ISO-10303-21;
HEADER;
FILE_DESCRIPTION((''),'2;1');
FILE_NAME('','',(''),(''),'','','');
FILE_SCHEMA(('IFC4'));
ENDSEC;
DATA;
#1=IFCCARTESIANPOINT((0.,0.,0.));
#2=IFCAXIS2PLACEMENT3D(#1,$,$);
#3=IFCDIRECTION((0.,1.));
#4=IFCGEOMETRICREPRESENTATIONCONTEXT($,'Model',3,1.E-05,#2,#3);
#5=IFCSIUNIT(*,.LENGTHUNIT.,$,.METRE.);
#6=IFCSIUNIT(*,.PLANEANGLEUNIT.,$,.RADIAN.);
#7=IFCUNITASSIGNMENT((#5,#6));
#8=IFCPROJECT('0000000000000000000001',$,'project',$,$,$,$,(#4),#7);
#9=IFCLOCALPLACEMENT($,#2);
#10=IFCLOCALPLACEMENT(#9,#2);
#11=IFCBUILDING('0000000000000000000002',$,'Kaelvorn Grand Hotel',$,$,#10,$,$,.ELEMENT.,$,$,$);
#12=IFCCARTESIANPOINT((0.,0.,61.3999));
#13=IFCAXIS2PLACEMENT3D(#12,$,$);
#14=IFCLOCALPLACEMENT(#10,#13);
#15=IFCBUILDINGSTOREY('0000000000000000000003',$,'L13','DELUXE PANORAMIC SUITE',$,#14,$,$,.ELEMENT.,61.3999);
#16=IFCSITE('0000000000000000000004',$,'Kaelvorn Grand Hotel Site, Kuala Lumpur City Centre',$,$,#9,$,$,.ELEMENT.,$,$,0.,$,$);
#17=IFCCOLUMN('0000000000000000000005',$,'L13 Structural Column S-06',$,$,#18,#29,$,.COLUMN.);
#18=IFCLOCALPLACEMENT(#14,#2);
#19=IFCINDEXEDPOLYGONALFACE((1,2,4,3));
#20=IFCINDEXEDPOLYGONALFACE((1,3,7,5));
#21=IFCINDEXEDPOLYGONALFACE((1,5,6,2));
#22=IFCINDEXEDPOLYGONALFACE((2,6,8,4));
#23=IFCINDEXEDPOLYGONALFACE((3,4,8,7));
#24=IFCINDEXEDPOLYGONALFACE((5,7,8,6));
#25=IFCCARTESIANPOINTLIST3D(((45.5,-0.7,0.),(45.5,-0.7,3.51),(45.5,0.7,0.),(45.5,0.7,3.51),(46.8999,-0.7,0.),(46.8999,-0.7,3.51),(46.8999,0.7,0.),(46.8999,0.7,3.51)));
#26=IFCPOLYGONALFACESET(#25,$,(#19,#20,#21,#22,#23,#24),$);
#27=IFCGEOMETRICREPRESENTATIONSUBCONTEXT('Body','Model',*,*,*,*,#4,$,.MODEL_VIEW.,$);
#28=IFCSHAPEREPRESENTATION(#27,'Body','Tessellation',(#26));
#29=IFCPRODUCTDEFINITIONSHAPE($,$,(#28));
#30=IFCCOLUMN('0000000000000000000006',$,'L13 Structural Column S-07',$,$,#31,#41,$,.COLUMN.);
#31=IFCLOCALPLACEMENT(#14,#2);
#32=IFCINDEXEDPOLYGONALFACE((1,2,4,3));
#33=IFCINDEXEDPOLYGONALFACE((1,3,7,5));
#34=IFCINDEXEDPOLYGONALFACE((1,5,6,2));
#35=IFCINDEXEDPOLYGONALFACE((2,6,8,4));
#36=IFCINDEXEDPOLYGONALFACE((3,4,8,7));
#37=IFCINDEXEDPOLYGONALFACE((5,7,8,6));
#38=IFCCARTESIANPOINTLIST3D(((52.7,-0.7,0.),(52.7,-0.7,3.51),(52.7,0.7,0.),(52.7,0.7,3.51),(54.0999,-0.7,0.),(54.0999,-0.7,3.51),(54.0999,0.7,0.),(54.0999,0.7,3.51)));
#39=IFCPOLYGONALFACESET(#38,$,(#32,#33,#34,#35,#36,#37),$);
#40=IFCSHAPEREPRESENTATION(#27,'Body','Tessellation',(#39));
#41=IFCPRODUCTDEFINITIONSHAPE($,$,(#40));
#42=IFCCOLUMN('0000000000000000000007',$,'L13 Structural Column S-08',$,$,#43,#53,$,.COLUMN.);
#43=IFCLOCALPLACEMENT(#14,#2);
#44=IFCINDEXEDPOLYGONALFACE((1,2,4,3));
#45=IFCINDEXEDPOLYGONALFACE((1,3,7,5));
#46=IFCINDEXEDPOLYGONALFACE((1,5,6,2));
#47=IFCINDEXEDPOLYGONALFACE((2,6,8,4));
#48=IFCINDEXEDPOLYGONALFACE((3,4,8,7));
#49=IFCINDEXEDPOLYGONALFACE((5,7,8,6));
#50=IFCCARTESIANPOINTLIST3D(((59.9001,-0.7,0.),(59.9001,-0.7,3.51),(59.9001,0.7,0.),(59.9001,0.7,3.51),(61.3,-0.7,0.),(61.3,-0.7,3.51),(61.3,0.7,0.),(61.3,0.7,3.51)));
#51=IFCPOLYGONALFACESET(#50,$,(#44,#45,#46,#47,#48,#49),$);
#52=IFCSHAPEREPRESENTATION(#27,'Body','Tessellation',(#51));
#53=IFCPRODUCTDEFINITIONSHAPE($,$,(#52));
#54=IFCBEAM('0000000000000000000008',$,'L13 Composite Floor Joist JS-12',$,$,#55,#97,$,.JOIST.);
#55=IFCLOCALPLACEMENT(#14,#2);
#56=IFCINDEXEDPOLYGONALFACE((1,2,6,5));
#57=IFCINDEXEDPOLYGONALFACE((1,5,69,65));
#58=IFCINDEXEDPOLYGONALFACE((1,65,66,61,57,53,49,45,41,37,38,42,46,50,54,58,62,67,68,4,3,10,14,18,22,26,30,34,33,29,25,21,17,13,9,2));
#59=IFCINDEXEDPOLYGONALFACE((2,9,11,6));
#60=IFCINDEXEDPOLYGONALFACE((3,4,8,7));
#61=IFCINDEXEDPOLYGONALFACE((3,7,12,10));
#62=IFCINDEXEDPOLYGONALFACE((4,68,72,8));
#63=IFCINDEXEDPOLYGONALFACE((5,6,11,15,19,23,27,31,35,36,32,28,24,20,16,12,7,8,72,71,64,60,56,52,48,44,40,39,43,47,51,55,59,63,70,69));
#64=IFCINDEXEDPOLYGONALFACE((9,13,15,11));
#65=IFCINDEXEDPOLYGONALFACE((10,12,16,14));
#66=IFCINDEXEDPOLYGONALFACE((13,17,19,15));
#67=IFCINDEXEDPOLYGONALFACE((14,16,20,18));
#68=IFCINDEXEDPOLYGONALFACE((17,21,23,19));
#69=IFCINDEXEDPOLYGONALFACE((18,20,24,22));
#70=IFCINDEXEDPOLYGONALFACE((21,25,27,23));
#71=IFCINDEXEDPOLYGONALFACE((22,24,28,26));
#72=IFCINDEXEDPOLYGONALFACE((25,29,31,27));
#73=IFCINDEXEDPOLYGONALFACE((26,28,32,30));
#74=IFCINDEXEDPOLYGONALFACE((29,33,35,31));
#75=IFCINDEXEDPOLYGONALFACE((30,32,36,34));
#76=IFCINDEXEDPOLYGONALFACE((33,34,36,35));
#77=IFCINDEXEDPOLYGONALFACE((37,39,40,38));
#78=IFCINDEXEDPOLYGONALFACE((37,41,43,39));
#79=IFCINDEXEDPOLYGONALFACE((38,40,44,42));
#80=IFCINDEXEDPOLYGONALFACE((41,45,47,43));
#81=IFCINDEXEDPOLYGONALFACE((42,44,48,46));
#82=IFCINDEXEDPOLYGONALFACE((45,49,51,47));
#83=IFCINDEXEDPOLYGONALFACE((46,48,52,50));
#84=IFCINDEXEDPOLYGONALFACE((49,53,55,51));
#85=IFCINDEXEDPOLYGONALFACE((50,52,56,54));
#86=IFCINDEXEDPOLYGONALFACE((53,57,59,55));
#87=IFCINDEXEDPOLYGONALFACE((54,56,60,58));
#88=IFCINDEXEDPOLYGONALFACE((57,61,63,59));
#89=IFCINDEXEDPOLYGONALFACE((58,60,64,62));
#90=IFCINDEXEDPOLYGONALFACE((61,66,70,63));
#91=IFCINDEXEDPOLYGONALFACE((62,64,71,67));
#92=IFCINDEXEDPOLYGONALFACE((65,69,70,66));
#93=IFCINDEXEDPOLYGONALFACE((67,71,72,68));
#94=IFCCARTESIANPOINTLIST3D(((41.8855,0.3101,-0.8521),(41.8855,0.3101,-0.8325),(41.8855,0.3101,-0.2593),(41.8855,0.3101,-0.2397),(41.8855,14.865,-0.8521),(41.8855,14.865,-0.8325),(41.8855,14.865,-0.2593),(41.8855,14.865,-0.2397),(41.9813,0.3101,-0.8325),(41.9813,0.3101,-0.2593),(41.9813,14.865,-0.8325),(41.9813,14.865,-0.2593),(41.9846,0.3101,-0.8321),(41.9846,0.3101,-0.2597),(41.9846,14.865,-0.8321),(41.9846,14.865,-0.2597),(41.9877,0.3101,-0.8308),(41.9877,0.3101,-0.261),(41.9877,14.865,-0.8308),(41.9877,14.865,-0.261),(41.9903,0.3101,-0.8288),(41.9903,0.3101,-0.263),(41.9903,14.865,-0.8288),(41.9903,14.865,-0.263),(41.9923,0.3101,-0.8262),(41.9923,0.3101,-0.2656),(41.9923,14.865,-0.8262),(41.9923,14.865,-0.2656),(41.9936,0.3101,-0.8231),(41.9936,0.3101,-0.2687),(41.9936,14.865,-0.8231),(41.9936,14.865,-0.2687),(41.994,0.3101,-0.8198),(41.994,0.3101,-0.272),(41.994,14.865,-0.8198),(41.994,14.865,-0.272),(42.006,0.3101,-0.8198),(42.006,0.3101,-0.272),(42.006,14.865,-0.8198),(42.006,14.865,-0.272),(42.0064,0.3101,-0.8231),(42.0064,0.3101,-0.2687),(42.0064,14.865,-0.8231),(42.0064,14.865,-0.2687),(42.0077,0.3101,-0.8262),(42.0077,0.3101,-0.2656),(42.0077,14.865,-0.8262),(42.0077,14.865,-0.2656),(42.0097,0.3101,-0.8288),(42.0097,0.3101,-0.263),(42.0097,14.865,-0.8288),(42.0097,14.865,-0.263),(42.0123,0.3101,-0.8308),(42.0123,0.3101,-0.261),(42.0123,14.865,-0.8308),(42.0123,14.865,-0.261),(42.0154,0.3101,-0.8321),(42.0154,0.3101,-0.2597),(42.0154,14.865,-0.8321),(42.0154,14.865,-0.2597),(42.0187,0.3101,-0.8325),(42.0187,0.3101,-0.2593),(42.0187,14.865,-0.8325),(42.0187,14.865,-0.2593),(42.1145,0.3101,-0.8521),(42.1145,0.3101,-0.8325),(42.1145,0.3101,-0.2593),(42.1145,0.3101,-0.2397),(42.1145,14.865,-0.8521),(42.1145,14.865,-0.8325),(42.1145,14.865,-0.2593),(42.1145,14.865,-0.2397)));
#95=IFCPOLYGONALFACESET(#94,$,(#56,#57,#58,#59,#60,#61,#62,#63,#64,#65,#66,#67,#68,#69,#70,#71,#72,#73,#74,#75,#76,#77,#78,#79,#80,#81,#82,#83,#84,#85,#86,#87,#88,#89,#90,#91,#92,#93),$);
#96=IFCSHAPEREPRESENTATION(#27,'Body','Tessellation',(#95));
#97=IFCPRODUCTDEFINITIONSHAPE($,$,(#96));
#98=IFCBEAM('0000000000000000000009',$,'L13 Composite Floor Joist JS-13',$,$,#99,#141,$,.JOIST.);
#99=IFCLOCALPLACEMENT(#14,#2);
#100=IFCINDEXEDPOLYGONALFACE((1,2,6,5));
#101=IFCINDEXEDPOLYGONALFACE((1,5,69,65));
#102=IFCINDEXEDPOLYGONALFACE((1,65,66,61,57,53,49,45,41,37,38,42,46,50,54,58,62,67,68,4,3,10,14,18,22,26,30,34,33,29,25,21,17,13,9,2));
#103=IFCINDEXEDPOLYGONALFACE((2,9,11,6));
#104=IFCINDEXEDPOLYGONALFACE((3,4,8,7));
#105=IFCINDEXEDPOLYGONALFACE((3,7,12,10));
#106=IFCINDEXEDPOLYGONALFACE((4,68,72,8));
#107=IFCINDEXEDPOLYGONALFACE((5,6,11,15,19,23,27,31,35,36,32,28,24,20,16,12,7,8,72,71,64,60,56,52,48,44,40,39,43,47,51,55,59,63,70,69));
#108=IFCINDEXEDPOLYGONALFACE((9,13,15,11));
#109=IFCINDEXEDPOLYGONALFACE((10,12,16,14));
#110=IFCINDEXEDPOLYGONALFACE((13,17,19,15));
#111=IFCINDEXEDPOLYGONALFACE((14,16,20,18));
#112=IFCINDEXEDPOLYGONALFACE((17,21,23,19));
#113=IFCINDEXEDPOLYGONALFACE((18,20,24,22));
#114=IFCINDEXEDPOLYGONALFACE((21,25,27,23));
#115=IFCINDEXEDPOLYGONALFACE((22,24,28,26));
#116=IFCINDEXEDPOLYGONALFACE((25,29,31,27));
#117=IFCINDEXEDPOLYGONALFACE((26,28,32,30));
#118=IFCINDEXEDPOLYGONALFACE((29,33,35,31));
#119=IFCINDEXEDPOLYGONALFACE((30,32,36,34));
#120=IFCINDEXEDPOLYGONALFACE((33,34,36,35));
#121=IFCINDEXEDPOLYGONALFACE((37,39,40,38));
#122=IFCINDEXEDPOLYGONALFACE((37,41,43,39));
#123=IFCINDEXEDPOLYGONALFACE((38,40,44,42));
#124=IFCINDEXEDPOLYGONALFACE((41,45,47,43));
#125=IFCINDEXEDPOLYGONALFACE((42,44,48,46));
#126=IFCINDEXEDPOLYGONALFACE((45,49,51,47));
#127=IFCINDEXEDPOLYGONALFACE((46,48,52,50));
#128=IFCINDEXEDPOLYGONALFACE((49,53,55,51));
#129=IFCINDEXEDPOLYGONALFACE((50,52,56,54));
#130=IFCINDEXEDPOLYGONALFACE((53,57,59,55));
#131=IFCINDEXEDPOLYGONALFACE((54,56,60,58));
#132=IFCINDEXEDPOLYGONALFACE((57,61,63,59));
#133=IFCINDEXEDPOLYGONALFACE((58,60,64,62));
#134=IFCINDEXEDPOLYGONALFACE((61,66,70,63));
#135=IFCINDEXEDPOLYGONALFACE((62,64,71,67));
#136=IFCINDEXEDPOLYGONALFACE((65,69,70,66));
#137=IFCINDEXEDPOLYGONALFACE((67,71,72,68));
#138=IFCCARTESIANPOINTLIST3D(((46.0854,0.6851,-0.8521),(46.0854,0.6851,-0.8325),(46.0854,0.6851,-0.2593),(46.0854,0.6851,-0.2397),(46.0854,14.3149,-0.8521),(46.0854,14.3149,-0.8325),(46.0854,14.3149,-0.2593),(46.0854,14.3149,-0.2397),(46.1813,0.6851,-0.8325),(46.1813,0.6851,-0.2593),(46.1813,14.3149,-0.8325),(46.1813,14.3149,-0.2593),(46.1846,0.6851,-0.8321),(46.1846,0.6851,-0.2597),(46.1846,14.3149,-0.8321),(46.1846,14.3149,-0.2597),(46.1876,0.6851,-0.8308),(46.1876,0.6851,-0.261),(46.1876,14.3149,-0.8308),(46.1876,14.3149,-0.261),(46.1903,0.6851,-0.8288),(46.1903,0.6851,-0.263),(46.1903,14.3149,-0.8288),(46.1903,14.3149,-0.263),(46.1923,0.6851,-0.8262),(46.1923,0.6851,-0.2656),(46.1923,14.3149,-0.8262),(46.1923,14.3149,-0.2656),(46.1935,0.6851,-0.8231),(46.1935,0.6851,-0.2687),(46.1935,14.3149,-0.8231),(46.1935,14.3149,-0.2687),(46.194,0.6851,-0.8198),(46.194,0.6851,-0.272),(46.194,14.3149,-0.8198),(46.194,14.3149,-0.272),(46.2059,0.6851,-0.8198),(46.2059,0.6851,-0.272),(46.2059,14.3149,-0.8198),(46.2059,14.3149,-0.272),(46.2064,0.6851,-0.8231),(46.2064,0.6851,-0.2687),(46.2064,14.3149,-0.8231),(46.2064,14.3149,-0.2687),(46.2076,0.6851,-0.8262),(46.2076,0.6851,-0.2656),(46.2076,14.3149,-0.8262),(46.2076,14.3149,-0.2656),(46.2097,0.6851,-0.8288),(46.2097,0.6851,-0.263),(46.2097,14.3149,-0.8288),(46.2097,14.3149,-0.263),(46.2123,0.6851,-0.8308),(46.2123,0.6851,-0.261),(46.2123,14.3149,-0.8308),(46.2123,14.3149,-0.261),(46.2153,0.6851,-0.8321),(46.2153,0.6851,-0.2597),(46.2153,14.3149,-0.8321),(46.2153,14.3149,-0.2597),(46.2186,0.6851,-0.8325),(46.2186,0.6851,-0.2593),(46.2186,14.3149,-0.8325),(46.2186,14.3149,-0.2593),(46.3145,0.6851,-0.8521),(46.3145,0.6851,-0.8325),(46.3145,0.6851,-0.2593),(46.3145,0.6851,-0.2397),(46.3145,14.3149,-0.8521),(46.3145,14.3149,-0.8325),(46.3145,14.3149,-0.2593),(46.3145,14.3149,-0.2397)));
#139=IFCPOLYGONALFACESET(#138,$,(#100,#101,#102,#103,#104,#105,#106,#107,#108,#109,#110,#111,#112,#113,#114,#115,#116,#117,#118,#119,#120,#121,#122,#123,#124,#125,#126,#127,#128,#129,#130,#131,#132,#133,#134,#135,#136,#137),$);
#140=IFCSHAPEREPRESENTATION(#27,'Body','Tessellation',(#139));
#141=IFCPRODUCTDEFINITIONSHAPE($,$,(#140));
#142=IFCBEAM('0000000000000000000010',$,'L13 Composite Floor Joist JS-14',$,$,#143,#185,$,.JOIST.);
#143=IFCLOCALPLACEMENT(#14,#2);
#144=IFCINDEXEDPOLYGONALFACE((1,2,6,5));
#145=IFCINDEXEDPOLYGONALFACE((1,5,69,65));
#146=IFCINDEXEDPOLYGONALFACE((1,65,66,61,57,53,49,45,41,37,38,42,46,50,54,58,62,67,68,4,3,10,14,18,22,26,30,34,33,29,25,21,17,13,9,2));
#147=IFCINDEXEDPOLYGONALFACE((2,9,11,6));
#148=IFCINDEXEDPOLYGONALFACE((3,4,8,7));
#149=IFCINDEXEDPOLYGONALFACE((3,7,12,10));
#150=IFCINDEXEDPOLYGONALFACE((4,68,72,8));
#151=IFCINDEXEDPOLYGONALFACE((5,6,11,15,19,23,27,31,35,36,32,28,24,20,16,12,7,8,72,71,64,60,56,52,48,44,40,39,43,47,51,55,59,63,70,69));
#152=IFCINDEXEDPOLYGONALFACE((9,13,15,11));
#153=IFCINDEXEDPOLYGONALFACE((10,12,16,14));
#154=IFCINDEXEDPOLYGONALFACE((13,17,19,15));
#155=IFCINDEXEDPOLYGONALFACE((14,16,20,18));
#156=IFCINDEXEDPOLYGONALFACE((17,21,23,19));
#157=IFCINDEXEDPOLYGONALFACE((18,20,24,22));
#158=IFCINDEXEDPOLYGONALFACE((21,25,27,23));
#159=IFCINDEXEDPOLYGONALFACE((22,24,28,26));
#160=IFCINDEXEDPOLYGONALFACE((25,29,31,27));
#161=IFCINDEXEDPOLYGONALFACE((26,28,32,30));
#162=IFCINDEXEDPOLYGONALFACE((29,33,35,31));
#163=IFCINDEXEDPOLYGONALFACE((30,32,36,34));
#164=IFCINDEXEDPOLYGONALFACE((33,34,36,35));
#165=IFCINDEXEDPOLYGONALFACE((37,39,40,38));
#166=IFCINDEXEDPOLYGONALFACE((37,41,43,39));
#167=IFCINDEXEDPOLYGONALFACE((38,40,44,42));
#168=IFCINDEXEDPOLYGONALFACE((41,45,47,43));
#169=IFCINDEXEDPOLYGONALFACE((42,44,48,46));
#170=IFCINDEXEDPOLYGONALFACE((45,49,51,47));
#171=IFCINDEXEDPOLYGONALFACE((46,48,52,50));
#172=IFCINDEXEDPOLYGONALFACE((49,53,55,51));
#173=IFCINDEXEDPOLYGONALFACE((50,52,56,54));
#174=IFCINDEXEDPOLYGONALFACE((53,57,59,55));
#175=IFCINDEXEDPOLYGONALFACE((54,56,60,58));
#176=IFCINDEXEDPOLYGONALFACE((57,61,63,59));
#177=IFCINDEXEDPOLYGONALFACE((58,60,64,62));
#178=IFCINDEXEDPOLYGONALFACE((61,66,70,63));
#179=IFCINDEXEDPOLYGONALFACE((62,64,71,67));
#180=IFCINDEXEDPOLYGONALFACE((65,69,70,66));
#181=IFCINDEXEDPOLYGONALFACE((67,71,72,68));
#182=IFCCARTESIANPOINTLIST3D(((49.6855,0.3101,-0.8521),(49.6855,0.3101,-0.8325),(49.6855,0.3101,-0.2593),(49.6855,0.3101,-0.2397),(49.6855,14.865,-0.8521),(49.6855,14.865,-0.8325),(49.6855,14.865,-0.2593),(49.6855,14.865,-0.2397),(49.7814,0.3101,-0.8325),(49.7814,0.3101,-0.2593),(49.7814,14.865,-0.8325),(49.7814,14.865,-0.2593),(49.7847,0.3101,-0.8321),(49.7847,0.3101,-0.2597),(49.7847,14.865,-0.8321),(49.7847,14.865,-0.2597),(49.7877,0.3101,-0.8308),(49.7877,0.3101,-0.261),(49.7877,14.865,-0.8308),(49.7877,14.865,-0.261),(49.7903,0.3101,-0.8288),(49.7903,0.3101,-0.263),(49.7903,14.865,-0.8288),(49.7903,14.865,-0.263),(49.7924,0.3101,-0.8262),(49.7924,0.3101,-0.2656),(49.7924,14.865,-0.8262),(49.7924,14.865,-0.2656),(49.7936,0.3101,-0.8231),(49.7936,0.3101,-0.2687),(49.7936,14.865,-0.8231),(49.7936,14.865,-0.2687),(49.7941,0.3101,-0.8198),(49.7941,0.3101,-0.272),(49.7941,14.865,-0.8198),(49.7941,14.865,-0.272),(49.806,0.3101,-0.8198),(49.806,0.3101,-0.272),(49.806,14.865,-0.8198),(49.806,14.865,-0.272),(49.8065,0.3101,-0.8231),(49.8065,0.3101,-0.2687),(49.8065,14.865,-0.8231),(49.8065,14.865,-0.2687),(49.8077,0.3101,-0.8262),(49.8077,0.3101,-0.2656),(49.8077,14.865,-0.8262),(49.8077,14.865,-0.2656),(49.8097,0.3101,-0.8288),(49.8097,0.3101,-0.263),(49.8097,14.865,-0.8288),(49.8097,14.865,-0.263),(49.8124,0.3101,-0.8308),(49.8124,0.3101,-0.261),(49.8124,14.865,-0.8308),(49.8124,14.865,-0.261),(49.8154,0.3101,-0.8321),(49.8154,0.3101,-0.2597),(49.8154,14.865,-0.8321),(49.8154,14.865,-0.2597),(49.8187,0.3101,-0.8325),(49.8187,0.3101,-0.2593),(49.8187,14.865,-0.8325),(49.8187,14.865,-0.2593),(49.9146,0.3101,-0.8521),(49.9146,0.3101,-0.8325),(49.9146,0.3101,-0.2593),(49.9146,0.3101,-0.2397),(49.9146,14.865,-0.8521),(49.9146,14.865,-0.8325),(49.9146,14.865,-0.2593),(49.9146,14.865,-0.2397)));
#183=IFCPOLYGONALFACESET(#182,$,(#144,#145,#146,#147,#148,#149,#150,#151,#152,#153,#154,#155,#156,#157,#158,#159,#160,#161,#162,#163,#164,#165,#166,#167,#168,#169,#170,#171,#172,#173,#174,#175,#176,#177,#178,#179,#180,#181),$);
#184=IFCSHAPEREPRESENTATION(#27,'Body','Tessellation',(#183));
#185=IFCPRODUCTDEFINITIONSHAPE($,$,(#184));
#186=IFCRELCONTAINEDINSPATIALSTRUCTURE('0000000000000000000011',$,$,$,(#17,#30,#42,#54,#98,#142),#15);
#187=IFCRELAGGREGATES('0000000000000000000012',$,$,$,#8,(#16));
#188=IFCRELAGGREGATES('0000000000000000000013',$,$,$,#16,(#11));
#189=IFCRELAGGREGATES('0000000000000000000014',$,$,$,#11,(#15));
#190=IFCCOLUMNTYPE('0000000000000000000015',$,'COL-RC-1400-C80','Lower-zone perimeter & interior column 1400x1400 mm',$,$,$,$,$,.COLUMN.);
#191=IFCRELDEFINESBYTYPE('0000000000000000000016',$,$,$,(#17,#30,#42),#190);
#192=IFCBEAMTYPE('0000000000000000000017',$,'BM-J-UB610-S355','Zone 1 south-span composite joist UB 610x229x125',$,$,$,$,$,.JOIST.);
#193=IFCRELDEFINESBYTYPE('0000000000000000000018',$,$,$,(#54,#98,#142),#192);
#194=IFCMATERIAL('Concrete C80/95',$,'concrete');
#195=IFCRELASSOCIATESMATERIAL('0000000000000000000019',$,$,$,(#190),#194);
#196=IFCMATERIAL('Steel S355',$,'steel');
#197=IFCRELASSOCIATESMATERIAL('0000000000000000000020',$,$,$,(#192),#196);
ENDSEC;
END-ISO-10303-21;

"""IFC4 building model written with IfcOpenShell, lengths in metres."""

from ifc_helpers import new_model, si_unit, direction, frame, origin, origin_2d, place, context, subcontext, project, spatial, rectangle, i_section, extrude, material, material_profile, profile_set, type_object, element, save


model = new_model("IFC4")

# Units and contexts
model_context = context("Model", 3, precision=1e-05, world=origin(), true_north=direction((0.0, 1.0)))
body_context = subcontext(model_context, "Body", "Model", "MODEL_VIEW")
ifc_project = project(units=[si_unit("LENGTHUNIT", "METRE"), si_unit("PLANEANGLEUNIT", "RADIAN")], contexts=[model_context])

# Site, building, storey
site_placement = place(None, origin())
site = spatial("IfcSite", under=ifc_project, at=site_placement, Name="Kaelvorn Grand Hotel Site, Kuala Lumpur City Centre", CompositionType="ELEMENT", RefElevation=0.0)
building_placement = place(site_placement, origin())
building = spatial("IfcBuilding", under=site, at=building_placement, Name="Kaelvorn Grand Hotel", CompositionType="ELEMENT")
storey_placement = place(building_placement, frame((0.0, 0.0, 61.3999)))
storey = spatial("IfcBuildingStorey", under=building, at=storey_placement, Name="L13", Description="DELUXE PANORAMIC SUITE", CompositionType="ELEMENT", Elevation=61.3999)

# Columns
ifc_material_1 = material(Name="Concrete C80/95", Category="concrete")
ifc_material_profile_1 = material_profile(ifc_material_1, rectangle(XDim=1.3999, YDim=1.3999, at=origin_2d()), Name="RC COL 1400x1400")
ifc_profile_set_1 = profile_set([ifc_material_profile_1], Name="Concrete C80/95")
column_type = type_object("IfcColumnType", Name="COL-RC-1400-C80", Description="Lower-zone perimeter & interior column 1400x1400 mm", PredefinedType="COLUMN", material=ifc_profile_set_1)
for number, where, z_axis, x_axis, name in (
    (1, (46.2, 0.0, 0.0), (0.0, 0.0, 1.0), (1.0, 0.0, 0.0), "L13 Structural Column S-06"),
    (2, (53.3999, 0.0, 0.0), (0.0, 0.0, 1.0), (1.0, 0.0, 0.0), "L13 Structural Column S-07"),
    (3, (60.6001, 0.0, 0.0), (0.0, 0.0, 1.0), (1.0, 0.0, 0.0), "L13 Structural Column S-08"),
):
    element("IfcColumn", number, at=place(storey_placement, frame(where, z_axis=z_axis, x_axis=x_axis)), inside=storey, type_object=column_type, Name=name, PredefinedType="COLUMN", context=body_context, shape_type="SweptSolid", body=[
        extrude(rectangle(XDim=1.3999, YDim=1.3999, at=origin_2d()), origin(), (0.0, 0.0, 1.0), 3.51),
    ])

# Beams
ifc_material_2 = material(Name="Steel S355", Category="steel")
ifc_material_profile_2 = material_profile(ifc_material_2, i_section(OverallWidth=0.229, OverallDepth=0.6123, WebThickness=0.012, FlangeThickness=0.0195, FilletRadius=0.0127, at=origin_2d()), Name="UB 610x229x125")
ifc_profile_set_2 = profile_set([ifc_material_profile_2], Name="Steel S355")
beam_type_1 = type_object("IfcBeamType", Name="BM-J-UB610-S355", Description="Zone 1 south-span composite joist UB 610x229x125", PredefinedType="JOIST", material=ifc_profile_set_2)
beam_1_placement = place(storey_placement, frame((42.0, 0.3101, -0.5459), z_axis=(0.0, 1.0, 0.0), x_axis=(-1.0, 0.0, 0.0)))
element("IfcBeam", 4, at=beam_1_placement, inside=storey, type_object=beam_type_1, Name="L13 Composite Floor Joist JS-12", PredefinedType="JOIST", context=body_context, shape_type="SweptSolid", body=[
    extrude(i_section(OverallWidth=0.229, OverallDepth=0.6123, WebThickness=0.012, FlangeThickness=0.0195, FilletRadius=0.0127, at=origin_2d()), origin(), (0.0, 0.0, 1.0), 14.5549),
])
beam_2_placement = place(storey_placement, frame((46.2, 0.6851, -0.5459), z_axis=(0.0, 1.0, 0.0), x_axis=(-1.0, 0.0, 0.0)))
element("IfcBeam", 5, at=beam_2_placement, inside=storey, type_object=beam_type_1, Name="L13 Composite Floor Joist JS-13", PredefinedType="JOIST", context=body_context, shape_type="SweptSolid", body=[
    extrude(i_section(OverallWidth=0.229, OverallDepth=0.6123, WebThickness=0.012, FlangeThickness=0.0195, FilletRadius=0.0127, at=origin_2d()), origin(), (0.0, 0.0, 1.0), 13.6299),
])
beam_3_placement = place(storey_placement, frame((49.8, 0.3101, -0.5459), z_axis=(0.0, 1.0, 0.0), x_axis=(-1.0, 0.0, 0.0)))
element("IfcBeam", 6, at=beam_3_placement, inside=storey, type_object=beam_type_1, Name="L13 Composite Floor Joist JS-14", PredefinedType="JOIST", context=body_context, shape_type="SweptSolid", body=[
    extrude(i_section(OverallWidth=0.229, OverallDepth=0.6123, WebThickness=0.012, FlangeThickness=0.0195, FilletRadius=0.0127, at=origin_2d()), origin(), (0.0, 0.0, 1.0), 14.5549),
])

save(model, "model.ifc")
